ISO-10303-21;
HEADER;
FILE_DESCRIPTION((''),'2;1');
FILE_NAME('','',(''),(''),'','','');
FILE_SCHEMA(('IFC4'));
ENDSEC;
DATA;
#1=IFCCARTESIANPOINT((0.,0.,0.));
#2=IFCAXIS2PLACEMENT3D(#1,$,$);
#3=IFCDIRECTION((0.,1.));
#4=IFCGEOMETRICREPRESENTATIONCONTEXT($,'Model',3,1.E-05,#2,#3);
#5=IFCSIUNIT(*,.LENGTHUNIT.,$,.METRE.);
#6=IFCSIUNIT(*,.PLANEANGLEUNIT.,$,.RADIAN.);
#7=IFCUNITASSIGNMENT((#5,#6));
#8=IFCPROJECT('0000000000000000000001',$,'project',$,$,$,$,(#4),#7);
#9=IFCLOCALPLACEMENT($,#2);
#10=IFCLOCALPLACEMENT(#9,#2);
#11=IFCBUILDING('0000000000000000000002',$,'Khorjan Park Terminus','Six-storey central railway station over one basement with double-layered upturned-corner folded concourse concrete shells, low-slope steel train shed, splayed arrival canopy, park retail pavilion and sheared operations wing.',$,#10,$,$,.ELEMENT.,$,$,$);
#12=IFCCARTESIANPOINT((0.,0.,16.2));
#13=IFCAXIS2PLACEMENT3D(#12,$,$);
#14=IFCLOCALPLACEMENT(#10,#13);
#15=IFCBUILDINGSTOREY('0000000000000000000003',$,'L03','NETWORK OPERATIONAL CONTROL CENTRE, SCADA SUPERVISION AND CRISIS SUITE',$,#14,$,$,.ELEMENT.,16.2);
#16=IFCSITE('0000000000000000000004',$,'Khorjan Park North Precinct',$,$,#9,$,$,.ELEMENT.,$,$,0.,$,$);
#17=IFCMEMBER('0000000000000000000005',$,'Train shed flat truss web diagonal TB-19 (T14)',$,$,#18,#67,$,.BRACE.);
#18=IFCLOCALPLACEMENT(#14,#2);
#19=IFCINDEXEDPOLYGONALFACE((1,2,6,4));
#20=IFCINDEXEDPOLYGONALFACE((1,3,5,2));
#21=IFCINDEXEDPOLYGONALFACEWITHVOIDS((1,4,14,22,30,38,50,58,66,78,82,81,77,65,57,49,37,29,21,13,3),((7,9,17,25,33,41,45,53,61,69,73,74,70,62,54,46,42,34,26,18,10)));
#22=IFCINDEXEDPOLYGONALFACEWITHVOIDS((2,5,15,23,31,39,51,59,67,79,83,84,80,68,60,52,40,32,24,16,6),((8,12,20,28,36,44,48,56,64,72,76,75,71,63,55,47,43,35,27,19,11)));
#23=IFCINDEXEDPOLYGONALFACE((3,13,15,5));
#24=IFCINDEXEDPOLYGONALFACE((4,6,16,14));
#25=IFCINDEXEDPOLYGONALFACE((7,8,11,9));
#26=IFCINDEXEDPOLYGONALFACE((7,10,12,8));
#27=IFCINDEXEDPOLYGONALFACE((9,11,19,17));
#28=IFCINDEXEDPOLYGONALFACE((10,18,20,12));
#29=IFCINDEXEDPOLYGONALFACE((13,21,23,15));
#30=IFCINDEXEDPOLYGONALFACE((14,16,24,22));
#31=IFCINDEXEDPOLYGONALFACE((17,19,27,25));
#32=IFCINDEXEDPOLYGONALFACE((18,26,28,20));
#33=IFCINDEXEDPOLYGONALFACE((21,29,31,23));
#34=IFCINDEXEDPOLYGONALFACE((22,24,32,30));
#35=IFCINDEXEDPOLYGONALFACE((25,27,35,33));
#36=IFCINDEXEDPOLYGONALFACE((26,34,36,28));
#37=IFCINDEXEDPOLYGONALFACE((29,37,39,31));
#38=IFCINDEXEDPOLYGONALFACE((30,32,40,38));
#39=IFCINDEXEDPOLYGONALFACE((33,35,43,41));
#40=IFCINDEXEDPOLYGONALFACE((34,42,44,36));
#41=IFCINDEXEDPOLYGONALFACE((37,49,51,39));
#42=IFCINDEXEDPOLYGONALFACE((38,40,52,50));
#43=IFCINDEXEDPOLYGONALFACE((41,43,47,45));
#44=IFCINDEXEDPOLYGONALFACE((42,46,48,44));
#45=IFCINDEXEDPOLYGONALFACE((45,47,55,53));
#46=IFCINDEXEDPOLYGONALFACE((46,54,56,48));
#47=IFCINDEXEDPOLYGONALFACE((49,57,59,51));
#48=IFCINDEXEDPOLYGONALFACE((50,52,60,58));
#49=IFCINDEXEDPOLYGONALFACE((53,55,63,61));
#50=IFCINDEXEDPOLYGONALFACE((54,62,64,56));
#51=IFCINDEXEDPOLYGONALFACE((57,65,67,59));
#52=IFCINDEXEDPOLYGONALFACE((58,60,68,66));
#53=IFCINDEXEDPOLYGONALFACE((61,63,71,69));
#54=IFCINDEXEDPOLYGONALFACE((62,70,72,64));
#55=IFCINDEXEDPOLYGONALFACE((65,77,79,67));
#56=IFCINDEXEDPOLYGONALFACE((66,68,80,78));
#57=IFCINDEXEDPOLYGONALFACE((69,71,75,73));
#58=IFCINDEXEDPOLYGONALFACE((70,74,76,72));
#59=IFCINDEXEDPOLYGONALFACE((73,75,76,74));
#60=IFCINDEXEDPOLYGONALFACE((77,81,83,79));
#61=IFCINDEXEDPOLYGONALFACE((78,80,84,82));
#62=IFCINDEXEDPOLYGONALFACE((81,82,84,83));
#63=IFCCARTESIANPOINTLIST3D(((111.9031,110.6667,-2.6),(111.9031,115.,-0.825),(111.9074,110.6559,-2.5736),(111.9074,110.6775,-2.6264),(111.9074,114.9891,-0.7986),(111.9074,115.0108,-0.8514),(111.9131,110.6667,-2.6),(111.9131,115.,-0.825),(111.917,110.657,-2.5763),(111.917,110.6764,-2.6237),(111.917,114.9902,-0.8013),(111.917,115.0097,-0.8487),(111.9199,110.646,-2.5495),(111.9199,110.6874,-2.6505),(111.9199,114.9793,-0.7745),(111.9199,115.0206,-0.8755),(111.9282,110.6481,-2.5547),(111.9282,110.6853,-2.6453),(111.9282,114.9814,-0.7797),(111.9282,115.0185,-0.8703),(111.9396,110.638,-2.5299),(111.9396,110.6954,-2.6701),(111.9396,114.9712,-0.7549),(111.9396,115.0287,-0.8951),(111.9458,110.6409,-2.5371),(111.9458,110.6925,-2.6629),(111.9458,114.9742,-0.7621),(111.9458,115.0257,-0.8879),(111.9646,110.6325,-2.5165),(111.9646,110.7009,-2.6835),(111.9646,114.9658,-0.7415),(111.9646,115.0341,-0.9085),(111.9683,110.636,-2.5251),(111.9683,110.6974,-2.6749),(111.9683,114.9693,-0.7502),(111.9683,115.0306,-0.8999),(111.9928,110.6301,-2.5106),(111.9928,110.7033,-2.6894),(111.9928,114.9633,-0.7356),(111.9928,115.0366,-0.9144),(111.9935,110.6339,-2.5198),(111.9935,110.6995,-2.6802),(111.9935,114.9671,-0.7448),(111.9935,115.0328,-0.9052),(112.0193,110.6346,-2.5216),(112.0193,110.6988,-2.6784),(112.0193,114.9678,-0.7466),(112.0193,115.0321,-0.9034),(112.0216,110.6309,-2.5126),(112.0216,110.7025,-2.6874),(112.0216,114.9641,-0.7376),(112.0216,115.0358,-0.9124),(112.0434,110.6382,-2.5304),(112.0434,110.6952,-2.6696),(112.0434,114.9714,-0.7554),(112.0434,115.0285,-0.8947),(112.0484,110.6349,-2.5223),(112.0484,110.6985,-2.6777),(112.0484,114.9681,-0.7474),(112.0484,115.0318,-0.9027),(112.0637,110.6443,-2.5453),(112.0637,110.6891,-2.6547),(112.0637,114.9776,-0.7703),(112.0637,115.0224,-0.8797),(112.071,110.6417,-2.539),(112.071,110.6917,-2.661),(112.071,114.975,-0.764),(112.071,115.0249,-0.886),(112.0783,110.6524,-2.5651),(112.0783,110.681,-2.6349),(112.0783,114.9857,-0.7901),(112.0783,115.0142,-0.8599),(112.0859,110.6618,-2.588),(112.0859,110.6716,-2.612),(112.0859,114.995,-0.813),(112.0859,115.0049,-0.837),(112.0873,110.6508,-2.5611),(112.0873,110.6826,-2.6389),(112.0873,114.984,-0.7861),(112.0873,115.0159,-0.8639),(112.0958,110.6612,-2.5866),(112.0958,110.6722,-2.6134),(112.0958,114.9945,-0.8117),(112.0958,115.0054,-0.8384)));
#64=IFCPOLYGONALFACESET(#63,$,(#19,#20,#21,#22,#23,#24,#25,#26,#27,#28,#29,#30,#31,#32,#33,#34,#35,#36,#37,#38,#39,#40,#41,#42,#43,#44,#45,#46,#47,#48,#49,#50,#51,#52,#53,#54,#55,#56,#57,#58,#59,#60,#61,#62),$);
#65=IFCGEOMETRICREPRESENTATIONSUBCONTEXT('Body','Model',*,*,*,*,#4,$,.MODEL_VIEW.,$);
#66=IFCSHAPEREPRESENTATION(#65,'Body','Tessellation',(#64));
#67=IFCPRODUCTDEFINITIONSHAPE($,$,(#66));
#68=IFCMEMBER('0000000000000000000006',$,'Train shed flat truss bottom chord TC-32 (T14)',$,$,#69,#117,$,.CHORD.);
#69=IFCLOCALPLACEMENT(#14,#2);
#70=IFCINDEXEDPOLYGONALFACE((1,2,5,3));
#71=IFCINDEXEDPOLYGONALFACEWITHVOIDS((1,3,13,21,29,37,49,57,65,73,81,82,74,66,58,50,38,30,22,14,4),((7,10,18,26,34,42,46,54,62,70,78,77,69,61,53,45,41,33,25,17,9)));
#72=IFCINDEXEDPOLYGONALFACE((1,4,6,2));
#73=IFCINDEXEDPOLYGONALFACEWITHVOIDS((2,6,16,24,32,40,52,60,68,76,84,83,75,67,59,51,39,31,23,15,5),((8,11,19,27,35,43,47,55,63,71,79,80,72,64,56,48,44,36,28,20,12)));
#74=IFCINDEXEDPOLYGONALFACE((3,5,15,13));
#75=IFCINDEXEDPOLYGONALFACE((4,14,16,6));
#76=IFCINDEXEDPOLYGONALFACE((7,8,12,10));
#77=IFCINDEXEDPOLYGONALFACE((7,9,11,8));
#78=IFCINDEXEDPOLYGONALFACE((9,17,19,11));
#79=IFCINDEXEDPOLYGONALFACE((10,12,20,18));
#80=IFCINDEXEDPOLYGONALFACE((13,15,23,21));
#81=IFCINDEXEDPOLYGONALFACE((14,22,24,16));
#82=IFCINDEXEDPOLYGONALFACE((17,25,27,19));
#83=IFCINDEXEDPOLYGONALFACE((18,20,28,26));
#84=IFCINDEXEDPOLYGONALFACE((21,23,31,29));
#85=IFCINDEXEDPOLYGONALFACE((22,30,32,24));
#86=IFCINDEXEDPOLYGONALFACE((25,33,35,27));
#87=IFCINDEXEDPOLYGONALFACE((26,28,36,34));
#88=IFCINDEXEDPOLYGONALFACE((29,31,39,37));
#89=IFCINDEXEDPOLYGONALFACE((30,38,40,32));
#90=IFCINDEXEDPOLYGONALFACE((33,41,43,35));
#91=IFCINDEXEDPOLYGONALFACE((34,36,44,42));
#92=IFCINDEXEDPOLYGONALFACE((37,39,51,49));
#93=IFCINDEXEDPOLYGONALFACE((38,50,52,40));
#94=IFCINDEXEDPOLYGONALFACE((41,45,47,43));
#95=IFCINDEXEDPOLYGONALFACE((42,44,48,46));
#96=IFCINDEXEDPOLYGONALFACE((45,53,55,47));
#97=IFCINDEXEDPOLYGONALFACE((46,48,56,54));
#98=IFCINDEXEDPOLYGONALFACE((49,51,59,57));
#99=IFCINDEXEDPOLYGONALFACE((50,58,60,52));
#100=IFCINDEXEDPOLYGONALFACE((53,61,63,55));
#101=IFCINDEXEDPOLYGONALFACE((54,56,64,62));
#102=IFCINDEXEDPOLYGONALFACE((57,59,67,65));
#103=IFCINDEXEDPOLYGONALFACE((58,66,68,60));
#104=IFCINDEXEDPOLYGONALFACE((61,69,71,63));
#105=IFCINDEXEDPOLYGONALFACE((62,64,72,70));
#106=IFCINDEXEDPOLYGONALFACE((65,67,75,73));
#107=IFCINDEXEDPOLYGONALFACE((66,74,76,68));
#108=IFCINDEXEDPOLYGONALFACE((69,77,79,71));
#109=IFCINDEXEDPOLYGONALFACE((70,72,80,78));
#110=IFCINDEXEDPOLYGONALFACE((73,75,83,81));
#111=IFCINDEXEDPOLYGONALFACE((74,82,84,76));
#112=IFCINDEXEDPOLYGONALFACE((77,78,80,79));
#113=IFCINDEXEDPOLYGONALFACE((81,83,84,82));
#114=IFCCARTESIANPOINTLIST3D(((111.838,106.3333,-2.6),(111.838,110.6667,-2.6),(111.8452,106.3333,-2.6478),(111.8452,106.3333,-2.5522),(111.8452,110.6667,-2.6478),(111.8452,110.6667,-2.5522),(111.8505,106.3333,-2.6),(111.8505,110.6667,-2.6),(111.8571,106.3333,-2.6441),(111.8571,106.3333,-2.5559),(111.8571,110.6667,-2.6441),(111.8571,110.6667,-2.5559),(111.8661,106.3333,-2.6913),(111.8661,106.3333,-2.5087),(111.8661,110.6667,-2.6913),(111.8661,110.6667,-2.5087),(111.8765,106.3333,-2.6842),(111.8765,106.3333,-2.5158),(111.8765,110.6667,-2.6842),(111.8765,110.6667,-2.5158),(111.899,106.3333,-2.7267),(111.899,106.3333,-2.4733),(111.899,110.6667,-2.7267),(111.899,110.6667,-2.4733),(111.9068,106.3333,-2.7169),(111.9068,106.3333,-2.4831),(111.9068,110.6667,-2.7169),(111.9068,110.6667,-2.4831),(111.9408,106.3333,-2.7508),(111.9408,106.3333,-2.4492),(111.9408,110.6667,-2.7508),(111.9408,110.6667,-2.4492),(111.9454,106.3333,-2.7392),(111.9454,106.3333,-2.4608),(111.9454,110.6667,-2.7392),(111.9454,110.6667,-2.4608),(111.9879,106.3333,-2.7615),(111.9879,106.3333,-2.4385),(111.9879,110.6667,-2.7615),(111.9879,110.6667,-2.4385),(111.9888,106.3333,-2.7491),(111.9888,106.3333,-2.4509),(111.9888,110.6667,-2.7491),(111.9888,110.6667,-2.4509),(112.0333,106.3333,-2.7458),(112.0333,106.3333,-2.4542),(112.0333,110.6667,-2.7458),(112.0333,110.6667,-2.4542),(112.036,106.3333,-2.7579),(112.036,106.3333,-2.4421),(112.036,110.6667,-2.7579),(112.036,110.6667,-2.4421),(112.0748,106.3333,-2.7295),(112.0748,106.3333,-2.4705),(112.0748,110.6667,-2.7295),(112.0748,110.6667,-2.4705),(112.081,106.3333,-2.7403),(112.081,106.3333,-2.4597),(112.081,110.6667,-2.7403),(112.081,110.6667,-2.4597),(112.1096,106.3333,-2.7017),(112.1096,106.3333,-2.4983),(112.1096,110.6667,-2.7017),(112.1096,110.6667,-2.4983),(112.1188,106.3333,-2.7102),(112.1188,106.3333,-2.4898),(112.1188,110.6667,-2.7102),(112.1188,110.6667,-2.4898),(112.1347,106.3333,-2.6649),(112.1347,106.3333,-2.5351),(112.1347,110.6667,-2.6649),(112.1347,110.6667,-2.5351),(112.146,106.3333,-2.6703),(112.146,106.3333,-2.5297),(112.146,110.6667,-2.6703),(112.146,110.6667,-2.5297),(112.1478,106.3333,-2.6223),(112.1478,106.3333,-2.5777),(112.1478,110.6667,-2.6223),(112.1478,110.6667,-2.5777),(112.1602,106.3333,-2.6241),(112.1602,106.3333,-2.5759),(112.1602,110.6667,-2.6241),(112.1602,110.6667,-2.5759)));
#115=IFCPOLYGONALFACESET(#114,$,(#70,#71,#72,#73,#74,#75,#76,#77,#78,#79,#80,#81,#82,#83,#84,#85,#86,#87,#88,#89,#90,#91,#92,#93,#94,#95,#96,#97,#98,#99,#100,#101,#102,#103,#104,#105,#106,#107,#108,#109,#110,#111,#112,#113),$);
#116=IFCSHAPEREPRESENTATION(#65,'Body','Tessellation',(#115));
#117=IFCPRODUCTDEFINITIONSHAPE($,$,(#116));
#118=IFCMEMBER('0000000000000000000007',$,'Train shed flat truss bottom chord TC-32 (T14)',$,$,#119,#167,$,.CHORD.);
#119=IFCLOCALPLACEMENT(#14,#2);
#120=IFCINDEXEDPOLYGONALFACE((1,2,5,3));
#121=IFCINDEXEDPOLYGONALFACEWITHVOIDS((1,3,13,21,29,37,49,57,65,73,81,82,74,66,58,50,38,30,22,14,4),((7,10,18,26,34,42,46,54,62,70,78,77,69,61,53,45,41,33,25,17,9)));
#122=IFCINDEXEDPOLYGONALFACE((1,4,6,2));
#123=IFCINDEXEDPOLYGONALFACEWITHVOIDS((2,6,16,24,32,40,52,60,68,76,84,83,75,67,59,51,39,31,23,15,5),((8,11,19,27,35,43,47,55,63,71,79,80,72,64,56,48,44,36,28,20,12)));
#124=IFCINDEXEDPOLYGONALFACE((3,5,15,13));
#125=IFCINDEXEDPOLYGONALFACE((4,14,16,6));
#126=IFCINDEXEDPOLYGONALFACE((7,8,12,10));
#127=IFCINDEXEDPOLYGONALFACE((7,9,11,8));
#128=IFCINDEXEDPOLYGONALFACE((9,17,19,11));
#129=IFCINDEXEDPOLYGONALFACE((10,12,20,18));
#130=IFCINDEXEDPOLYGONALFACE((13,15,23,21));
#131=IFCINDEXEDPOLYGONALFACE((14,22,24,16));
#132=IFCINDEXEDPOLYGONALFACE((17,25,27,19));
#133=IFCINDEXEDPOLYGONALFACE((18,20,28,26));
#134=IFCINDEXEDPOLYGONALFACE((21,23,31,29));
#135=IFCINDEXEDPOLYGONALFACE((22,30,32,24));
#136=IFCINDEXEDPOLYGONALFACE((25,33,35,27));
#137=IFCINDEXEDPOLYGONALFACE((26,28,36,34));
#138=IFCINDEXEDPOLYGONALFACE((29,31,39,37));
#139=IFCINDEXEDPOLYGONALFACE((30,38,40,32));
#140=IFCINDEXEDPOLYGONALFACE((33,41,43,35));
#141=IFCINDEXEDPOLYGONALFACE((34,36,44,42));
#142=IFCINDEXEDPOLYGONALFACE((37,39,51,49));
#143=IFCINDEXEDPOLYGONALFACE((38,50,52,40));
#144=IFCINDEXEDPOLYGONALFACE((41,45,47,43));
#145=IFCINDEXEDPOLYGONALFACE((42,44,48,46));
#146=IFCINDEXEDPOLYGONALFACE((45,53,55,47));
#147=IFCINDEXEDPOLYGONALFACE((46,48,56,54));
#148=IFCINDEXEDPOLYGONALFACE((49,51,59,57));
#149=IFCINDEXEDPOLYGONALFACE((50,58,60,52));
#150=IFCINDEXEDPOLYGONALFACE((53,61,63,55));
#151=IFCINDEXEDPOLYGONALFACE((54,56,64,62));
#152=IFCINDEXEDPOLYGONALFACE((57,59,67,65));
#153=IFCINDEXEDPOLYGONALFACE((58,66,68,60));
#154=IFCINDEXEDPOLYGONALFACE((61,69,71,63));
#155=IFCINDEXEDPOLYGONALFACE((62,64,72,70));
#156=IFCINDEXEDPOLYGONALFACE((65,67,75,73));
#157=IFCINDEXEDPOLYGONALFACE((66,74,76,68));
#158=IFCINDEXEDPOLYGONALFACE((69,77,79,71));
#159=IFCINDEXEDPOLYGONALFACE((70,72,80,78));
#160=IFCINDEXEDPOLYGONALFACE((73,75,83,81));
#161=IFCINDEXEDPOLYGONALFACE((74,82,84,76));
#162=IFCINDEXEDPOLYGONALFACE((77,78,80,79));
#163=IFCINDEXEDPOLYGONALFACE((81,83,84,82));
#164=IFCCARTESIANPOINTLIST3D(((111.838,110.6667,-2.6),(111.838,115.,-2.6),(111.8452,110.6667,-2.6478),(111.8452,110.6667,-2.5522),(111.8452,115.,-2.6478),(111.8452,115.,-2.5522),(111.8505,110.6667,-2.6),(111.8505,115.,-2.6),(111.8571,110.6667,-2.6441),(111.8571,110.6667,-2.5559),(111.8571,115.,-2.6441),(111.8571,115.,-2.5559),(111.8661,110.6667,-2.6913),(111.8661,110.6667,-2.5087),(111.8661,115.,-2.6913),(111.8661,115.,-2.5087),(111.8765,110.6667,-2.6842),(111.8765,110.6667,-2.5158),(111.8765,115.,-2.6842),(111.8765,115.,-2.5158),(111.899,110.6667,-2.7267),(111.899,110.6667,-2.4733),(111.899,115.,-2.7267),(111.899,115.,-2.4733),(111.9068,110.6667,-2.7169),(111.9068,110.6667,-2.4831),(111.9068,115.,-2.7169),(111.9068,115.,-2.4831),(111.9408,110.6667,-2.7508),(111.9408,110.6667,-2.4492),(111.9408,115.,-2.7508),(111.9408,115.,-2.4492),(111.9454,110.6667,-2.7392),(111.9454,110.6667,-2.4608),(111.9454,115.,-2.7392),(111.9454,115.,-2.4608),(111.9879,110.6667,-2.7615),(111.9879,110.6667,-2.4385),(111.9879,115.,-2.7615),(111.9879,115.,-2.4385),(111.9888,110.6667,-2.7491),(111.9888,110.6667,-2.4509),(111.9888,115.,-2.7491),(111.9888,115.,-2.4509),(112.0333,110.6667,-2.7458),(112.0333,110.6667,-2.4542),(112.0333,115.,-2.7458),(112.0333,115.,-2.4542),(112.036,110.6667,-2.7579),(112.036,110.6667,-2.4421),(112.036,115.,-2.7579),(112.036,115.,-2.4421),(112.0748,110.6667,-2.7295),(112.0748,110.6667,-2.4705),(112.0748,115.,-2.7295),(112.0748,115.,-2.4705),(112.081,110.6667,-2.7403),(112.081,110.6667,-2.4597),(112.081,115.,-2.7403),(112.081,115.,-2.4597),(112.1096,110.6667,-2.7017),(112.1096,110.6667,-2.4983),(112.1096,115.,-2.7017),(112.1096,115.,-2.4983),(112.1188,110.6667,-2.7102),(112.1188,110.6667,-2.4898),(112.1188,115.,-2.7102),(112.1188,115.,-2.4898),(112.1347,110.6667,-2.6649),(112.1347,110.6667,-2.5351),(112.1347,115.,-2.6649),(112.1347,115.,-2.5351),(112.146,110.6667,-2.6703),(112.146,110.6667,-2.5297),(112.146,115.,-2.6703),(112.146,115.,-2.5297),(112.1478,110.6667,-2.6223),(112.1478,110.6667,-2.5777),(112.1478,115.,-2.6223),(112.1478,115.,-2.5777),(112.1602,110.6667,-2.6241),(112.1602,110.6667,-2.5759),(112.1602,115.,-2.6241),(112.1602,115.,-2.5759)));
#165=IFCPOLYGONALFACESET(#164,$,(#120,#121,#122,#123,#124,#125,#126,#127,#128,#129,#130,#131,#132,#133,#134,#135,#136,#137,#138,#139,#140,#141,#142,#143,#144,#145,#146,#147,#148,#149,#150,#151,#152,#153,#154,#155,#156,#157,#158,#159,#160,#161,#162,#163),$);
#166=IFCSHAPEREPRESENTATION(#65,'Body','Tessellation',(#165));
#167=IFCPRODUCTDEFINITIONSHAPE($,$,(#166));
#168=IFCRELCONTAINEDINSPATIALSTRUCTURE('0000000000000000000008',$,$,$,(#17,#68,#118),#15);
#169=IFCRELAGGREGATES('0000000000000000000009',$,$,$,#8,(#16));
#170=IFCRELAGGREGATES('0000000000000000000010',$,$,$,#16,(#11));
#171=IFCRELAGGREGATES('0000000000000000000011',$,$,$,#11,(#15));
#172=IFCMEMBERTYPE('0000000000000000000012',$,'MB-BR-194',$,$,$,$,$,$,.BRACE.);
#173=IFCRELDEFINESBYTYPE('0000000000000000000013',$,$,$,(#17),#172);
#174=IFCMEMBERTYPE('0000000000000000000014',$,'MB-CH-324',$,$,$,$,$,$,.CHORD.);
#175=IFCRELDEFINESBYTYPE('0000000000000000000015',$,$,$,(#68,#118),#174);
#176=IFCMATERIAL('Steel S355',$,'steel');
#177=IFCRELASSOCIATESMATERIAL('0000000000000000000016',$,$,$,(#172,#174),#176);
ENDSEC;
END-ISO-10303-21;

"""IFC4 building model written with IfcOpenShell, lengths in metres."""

from ifc_helpers import new_model, si_unit, direction, frame, origin, origin_2d, place, context, subcontext, project, spatial, hollow_circle, extrude, material, material_profile, profile_set, type_object, element, save


model = new_model("IFC4")

# Units and contexts
model_context = context("Model", 3, precision=1e-05, world=origin(), true_north=direction((0.0, 1.0)))
body_context = subcontext(model_context, "Body", "Model", "MODEL_VIEW")
ifc_project = project(units=[si_unit("LENGTHUNIT", "METRE"), si_unit("PLANEANGLEUNIT", "RADIAN")], contexts=[model_context])

# Site, building, storey
site_placement = place(None, origin())
site = spatial("IfcSite", under=ifc_project, at=site_placement, Name="Khorjan Park North Precinct", CompositionType="ELEMENT", RefElevation=0.0)
building_placement = place(site_placement, origin())
building = spatial("IfcBuilding", under=site, at=building_placement, Name="Khorjan Park Terminus", Description="Six-storey central railway station over one basement with double-layered upturned-corner folded concourse concrete shells, low-slope steel train shed, splayed arrival canopy, park retail pavilion and sheared operations wing.", CompositionType="ELEMENT")
storey_placement = place(building_placement, frame((0.0, 0.0, 16.2)))
storey = spatial("IfcBuildingStorey", under=building, at=storey_placement, Name="L03", Description="NETWORK OPERATIONAL CONTROL CENTRE, SCADA SUPERVISION AND CRISIS SUITE", CompositionType="ELEMENT", Elevation=16.2)

# Members
ifc_material_1 = material(Name="Steel S355", Category="steel")
ifc_material_profile_1 = material_profile(ifc_material_1, hollow_circle(Radius=0.0969, WallThickness=0.01, at=origin_2d()), Name="CHS 193.7x10")
ifc_profile_set_1 = profile_set([ifc_material_profile_1], Name="Steel S355")
member_type_1 = type_object("IfcMemberType", Name="MB-BR-194", PredefinedType="BRACE", material=ifc_profile_set_1)
member_1_placement = place(storey_placement, frame((112.0, 110.6667, -2.6), z_axis=(0.0, 0.925376, 0.379051), x_axis=(-1.0, 0.0, 0.0)))
element("IfcMember", 1, at=member_1_placement, inside=storey, type_object=member_type_1, Name="Train shed flat truss web diagonal TB-19 (T14)", PredefinedType="BRACE", context=body_context, shape_type="SweptSolid", body=[
    extrude(hollow_circle(Radius=0.0969, WallThickness=0.01, at=origin_2d()), origin(), (0.0, 0.0, 1.0), 4.6827),
])
ifc_material_profile_2 = material_profile(ifc_material_1, hollow_circle(Radius=0.162, WallThickness=0.0125, at=origin_2d()), Name="CHS 323.9x12.5")
ifc_profile_set_2 = profile_set([ifc_material_profile_2], Name="Steel S355")
member_type_2 = type_object("IfcMemberType", Name="MB-CH-324", PredefinedType="CHORD", material=ifc_profile_set_2)
member_2_placement = place(storey_placement, frame((112.0, 106.3333, -2.6), z_axis=(0.0, 1.0, 0.0), x_axis=(-1.0, 0.0, 0.0)))
element("IfcMember", 2, at=member_2_placement, inside=storey, type_object=member_type_2, Name="Train shed flat truss bottom chord TC-32 (T14)", PredefinedType="CHORD", context=body_context, shape_type="SweptSolid", body=[
    extrude(hollow_circle(Radius=0.162, WallThickness=0.0125, at=origin_2d()), origin(), (0.0, 0.0, 1.0), 4.3334),
])
member_3_placement = place(storey_placement, frame((112.0, 110.6667, -2.6), z_axis=(0.0, 1.0, 0.0), x_axis=(-1.0, 0.0, 0.0)))
element("IfcMember", 3, at=member_3_placement, inside=storey, type_object=member_type_2, Name="Train shed flat truss bottom chord TC-32 (T14)", PredefinedType="CHORD", context=body_context, shape_type="SweptSolid", body=[
    extrude(hollow_circle(Radius=0.162, WallThickness=0.0125, at=origin_2d()), origin(), (0.0, 0.0, 1.0), 4.3333),
])

save(model, "model.ifc")
